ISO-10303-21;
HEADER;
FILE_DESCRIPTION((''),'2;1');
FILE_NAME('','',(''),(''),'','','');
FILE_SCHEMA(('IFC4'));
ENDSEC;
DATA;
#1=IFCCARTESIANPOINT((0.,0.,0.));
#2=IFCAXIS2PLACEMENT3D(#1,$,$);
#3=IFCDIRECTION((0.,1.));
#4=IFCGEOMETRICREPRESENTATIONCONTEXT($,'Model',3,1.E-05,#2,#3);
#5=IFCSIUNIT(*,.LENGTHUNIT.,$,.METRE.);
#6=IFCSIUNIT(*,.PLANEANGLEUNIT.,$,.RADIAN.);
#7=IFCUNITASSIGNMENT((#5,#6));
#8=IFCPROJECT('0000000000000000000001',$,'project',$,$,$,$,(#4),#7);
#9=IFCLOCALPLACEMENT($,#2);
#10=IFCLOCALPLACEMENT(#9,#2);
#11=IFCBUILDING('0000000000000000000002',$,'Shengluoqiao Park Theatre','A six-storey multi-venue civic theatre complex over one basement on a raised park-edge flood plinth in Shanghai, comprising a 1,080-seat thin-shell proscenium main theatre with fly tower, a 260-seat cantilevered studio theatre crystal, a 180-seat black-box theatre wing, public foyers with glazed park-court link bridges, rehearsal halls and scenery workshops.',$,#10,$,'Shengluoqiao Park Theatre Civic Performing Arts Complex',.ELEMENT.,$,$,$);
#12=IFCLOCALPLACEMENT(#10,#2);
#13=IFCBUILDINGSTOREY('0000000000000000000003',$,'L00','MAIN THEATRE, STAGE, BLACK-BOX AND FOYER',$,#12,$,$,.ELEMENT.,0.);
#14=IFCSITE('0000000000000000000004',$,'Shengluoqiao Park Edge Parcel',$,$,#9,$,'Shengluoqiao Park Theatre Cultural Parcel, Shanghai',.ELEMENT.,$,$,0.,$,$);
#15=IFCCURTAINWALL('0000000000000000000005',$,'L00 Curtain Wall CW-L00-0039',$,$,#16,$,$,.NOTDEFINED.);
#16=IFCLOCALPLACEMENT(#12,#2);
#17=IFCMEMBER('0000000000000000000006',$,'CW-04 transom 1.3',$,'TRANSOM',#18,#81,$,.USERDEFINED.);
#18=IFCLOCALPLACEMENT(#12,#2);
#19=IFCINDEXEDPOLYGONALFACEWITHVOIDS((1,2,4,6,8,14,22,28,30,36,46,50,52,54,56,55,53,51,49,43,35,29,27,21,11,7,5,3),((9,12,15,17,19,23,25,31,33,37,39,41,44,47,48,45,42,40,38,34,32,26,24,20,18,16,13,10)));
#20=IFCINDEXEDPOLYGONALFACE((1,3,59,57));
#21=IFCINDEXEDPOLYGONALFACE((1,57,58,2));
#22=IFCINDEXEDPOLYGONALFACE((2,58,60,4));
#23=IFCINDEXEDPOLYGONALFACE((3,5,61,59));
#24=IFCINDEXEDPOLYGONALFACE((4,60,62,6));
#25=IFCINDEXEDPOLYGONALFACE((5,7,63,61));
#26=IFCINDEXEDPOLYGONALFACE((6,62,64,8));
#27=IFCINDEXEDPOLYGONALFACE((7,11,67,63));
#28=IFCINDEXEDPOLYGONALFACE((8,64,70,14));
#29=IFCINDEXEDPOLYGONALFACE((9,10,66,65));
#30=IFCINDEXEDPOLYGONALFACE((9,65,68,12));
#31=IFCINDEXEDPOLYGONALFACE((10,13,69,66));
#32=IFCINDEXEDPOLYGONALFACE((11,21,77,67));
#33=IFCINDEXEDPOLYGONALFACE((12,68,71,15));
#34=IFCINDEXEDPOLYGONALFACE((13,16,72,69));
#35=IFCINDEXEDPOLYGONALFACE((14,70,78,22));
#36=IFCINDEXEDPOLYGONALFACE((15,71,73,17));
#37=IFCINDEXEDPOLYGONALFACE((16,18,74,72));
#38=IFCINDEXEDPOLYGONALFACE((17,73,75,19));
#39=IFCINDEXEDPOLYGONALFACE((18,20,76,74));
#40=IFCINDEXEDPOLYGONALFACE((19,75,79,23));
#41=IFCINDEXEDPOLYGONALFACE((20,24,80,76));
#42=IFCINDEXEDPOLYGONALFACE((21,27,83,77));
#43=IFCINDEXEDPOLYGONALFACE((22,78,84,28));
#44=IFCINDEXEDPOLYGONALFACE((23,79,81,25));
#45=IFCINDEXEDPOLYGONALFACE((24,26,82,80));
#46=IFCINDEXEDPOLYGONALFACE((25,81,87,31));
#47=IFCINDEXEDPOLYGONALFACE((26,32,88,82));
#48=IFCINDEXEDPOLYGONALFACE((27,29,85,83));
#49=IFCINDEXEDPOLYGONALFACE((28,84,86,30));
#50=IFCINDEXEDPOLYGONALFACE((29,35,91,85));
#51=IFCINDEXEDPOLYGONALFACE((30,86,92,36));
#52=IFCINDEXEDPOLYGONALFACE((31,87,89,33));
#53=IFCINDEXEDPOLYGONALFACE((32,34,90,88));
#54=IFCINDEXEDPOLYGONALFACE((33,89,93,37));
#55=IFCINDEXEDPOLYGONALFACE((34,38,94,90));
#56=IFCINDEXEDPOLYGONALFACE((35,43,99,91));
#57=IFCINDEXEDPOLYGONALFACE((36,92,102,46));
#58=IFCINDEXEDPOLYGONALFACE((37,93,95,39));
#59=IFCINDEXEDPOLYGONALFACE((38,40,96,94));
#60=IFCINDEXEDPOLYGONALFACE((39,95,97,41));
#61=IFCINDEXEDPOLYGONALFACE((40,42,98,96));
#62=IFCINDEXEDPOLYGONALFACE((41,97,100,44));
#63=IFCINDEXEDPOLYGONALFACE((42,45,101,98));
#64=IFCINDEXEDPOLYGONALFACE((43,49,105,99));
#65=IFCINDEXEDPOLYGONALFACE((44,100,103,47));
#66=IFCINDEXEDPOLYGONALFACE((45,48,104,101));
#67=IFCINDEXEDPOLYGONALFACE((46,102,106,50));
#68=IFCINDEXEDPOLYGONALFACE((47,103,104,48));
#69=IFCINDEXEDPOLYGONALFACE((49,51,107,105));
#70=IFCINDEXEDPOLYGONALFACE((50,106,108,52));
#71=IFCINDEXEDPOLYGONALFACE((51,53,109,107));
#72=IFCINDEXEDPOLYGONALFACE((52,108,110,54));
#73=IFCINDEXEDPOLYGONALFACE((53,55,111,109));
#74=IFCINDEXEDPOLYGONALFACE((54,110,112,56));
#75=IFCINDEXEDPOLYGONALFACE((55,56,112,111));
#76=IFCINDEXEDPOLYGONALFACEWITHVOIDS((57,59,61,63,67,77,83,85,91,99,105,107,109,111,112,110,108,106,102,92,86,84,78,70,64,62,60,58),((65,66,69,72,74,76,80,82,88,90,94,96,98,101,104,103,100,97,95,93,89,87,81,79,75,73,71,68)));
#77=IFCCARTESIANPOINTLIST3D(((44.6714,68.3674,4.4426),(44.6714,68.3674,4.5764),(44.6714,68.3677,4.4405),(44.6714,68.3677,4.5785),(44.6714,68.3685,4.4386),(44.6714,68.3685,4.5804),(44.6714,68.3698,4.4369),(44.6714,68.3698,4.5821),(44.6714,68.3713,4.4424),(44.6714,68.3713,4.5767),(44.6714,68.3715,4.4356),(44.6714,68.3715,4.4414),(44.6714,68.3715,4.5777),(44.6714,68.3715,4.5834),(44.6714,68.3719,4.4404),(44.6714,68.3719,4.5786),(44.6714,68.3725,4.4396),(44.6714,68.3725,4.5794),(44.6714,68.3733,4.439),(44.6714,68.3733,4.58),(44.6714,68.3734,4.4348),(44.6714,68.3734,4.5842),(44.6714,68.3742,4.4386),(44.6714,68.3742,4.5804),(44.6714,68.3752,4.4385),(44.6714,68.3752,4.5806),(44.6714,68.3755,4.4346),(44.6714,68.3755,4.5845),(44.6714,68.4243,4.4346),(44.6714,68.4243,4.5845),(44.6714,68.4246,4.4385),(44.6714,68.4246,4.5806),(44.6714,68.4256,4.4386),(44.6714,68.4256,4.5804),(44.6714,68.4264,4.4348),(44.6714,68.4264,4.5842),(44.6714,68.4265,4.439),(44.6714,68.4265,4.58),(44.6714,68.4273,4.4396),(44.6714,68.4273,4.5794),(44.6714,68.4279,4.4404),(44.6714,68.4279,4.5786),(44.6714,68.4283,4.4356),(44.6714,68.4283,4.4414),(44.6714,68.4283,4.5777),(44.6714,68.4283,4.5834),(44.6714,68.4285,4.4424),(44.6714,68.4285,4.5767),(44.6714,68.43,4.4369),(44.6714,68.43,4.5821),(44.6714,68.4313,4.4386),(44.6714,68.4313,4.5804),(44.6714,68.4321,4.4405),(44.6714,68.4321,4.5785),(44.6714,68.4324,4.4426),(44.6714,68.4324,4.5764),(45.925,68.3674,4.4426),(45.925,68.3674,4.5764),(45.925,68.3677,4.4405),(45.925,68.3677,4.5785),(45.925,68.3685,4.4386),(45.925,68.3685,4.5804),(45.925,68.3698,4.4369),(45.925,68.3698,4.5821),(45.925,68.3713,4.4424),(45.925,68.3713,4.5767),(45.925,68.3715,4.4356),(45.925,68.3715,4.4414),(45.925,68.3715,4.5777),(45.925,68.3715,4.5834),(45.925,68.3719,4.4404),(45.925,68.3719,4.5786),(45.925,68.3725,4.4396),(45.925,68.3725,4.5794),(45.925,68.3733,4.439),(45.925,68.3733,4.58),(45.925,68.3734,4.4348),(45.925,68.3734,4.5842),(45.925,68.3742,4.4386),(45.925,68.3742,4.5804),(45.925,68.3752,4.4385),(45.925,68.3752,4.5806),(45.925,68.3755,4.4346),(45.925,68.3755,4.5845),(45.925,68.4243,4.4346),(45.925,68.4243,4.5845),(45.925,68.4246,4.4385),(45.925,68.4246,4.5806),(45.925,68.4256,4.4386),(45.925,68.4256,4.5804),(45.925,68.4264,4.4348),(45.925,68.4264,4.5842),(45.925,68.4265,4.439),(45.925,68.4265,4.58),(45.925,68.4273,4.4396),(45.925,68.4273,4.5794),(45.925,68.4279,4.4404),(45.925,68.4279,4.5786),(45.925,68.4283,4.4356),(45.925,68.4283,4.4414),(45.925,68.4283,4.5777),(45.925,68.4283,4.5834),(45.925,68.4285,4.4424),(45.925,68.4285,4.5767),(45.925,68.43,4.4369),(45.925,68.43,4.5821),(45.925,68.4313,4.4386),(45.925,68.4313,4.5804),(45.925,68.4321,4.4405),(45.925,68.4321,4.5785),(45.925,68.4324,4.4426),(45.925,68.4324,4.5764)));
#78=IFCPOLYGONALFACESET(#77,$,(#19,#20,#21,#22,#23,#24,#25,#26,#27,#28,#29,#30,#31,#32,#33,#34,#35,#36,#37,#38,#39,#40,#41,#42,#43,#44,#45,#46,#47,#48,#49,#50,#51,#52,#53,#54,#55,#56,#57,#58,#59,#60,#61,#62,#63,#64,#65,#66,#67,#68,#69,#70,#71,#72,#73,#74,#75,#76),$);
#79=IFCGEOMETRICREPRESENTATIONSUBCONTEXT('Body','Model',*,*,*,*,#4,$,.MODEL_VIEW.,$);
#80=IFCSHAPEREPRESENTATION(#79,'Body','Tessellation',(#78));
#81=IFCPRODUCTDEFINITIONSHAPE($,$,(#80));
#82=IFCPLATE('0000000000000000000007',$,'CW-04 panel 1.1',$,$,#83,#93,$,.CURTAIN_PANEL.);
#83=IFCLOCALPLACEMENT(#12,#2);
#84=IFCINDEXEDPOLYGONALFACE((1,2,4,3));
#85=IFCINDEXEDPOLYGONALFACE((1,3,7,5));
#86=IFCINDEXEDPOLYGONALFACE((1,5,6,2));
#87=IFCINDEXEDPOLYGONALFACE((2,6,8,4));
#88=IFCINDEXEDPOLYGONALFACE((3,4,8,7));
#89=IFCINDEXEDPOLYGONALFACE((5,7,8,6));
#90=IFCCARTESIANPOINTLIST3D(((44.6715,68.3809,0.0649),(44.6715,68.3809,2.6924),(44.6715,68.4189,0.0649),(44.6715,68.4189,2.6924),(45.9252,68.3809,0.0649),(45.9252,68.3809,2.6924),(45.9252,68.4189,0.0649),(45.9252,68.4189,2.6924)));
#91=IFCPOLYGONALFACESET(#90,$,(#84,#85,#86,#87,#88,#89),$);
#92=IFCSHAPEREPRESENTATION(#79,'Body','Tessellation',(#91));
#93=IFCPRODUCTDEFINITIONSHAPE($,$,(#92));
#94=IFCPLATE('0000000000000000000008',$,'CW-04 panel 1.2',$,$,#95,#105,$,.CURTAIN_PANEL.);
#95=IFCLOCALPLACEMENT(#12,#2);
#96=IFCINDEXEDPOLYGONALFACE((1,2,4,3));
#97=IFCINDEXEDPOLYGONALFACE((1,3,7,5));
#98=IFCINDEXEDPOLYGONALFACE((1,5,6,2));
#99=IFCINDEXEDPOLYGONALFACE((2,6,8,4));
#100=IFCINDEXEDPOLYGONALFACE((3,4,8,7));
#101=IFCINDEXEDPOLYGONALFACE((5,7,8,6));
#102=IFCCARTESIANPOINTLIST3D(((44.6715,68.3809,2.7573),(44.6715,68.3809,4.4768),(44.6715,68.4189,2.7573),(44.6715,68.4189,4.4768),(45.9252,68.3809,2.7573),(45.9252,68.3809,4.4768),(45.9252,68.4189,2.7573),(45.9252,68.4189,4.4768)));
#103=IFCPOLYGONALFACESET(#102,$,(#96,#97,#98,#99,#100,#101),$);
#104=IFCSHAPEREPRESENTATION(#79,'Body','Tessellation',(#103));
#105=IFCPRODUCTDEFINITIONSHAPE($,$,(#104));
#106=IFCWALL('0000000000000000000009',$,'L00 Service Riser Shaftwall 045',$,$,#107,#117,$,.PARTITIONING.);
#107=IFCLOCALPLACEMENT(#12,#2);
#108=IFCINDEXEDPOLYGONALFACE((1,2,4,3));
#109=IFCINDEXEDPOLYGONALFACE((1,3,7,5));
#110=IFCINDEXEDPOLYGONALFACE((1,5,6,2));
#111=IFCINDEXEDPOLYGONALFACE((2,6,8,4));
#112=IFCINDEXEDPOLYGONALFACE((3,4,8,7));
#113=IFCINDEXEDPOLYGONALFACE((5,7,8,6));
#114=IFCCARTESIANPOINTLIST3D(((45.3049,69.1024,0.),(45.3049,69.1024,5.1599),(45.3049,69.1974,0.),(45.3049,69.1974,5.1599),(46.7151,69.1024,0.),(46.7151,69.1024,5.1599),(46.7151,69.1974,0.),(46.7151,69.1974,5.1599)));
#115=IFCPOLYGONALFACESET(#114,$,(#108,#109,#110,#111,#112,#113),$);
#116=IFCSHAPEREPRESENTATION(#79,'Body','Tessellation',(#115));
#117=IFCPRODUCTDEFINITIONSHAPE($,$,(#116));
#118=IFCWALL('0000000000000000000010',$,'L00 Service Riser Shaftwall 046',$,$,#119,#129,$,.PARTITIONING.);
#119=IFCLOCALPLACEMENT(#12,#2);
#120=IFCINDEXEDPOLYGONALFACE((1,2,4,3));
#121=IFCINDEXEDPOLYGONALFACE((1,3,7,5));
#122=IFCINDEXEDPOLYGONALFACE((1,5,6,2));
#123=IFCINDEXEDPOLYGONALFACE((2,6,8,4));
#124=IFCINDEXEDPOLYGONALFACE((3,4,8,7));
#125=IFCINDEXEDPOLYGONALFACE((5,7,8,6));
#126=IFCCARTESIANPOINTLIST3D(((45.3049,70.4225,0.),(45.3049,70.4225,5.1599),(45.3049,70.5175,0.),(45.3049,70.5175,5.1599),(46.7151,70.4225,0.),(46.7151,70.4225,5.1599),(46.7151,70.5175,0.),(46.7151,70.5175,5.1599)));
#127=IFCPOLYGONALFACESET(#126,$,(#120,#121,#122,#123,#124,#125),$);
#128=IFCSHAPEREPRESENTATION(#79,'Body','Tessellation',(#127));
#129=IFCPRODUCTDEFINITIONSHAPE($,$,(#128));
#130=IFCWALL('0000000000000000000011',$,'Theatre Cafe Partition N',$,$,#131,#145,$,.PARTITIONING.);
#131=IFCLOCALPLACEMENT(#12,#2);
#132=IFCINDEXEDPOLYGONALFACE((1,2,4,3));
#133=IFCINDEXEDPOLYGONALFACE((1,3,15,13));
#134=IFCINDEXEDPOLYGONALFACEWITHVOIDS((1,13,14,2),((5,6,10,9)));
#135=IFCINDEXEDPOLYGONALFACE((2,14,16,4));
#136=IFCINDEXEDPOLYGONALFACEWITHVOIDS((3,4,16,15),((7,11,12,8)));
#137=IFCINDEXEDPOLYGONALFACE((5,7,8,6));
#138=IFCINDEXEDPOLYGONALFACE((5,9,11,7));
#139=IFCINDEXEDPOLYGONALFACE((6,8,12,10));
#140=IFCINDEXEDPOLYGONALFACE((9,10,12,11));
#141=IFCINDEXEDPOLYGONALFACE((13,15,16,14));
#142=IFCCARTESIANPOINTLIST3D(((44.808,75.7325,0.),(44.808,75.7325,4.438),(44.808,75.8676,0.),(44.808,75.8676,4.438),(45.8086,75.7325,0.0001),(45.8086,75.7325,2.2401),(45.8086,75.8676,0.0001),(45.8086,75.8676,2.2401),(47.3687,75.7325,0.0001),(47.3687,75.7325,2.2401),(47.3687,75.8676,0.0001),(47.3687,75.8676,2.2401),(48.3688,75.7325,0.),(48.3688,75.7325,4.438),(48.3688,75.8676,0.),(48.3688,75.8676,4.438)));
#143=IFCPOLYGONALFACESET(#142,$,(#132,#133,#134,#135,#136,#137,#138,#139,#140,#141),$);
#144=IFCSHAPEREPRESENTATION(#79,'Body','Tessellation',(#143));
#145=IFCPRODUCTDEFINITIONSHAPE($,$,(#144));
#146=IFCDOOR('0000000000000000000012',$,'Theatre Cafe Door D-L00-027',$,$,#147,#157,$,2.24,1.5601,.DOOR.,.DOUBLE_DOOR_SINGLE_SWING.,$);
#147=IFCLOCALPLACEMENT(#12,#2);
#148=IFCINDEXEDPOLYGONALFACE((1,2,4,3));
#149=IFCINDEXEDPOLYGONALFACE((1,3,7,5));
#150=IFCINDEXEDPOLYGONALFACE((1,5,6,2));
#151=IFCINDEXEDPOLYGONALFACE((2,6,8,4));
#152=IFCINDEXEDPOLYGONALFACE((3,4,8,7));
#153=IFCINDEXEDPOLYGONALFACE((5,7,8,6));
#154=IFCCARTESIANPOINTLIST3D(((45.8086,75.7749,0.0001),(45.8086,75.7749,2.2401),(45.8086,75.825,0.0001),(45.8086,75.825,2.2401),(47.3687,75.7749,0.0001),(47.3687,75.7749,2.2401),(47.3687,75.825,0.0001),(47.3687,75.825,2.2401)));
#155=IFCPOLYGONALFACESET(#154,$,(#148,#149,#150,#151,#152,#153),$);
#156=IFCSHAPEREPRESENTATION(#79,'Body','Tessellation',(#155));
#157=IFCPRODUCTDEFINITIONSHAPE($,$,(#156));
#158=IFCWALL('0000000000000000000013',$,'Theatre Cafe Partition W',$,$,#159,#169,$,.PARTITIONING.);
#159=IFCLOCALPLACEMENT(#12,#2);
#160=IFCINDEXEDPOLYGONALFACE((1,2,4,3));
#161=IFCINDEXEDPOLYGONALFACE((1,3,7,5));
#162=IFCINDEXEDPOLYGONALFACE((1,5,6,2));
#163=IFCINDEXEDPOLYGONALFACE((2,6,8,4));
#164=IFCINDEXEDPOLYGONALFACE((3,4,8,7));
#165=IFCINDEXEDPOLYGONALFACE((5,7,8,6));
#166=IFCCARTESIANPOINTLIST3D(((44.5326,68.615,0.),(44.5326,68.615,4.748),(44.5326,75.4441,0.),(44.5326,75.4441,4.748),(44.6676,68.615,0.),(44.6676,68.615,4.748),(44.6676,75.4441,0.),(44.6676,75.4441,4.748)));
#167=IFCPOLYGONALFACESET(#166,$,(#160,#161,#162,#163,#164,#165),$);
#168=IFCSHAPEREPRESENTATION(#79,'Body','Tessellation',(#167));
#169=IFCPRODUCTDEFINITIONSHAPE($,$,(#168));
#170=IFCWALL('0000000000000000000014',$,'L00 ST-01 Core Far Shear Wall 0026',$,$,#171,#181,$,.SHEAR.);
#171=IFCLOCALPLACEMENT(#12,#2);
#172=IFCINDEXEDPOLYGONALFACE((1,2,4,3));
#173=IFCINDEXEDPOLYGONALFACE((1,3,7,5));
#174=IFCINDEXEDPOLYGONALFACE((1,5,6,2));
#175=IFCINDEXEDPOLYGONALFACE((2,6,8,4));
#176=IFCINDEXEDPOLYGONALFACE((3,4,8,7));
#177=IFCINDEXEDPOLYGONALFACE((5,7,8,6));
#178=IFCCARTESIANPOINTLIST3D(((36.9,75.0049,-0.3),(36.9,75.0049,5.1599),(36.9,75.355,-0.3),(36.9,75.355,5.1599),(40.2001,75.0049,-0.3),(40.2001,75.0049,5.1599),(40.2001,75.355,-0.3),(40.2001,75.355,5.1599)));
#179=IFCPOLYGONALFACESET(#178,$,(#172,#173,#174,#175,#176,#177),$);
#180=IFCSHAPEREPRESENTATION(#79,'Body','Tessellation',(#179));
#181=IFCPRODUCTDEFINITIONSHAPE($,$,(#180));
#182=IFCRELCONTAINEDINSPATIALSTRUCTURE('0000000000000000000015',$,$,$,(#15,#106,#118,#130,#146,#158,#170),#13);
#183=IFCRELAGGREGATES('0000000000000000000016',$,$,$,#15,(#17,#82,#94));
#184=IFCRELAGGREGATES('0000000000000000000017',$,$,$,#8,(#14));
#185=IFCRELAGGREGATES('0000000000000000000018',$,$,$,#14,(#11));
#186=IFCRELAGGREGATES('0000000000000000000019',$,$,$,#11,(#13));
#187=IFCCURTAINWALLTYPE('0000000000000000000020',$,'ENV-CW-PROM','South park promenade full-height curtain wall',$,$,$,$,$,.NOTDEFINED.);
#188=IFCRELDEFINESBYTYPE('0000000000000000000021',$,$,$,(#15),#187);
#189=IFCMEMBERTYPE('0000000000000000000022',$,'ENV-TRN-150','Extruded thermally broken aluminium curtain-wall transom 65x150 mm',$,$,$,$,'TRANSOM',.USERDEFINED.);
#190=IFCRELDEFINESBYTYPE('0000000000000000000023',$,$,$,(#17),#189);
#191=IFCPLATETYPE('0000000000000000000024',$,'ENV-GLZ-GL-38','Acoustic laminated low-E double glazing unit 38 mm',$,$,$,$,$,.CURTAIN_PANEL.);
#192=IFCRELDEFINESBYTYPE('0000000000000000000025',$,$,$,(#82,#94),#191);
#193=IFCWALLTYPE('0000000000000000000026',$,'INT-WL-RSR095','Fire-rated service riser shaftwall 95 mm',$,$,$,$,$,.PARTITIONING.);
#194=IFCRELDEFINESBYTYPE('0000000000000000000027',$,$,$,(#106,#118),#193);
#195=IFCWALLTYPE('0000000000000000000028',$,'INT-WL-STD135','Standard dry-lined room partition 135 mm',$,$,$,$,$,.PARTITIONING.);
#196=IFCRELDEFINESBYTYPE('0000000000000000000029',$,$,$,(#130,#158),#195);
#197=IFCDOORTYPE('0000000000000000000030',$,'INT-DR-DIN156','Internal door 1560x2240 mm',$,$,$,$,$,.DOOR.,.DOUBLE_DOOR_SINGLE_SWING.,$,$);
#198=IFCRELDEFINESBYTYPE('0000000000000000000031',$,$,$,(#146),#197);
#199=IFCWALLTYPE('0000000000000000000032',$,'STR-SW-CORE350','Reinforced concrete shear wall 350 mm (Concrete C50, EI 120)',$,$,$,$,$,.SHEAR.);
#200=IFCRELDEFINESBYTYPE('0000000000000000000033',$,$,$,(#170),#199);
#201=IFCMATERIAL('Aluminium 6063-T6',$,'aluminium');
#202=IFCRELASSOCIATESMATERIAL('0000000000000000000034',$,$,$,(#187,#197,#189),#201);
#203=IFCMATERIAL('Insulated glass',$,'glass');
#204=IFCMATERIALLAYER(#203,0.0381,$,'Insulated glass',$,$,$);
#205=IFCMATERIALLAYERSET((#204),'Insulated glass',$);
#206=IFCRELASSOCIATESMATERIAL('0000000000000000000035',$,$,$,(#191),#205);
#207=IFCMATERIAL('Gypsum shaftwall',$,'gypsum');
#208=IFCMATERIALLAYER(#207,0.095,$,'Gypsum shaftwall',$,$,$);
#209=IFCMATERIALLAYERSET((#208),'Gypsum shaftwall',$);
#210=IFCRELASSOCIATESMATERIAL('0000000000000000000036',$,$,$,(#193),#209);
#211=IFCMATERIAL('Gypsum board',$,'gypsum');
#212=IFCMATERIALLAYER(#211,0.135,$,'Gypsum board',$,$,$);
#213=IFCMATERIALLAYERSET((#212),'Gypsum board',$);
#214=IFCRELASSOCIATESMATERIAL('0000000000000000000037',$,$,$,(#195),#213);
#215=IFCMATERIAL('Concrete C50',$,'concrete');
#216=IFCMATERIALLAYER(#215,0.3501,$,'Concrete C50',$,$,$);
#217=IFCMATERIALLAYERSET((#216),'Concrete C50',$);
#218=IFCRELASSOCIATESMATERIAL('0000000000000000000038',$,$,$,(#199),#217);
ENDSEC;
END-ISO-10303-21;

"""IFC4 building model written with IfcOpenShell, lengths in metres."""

from ifc_helpers import new_model, si_unit, direction, frame, frame_2d, origin, origin_2d, place, context, subcontext, project, spatial, rectangle, hollow_rectangle, extrude, material, layer, layer_set, material_profile, profile_set, type_object, element, fill, aggregate, save


model = new_model("IFC4")

# Units and contexts
model_context = context("Model", 3, precision=1e-05, world=origin(), true_north=direction((0.0, 1.0)))
body_context = subcontext(model_context, "Body", "Model", "MODEL_VIEW")
ifc_project = project(units=[si_unit("LENGTHUNIT", "METRE"), si_unit("PLANEANGLEUNIT", "RADIAN")], contexts=[model_context])

# Site, building, storey
site_placement = place(None, origin())
site = spatial("IfcSite", under=ifc_project, at=site_placement, Name="Shengluoqiao Park Edge Parcel", LongName="Shengluoqiao Park Theatre Cultural Parcel, Shanghai", CompositionType="ELEMENT", RefElevation=0.0)
building_placement = place(site_placement, origin())
building = spatial("IfcBuilding", under=site, at=building_placement, Name="Shengluoqiao Park Theatre", Description="A six-storey multi-venue civic theatre complex over one basement on a raised park-edge flood plinth in Shanghai, comprising a 1,080-seat thin-shell proscenium main theatre with fly tower, a 260-seat cantilevered studio theatre crystal, a 180-seat black-box theatre wing, public foyers with glazed park-court link bridges, rehearsal halls and scenery workshops.", LongName="Shengluoqiao Park Theatre Civic Performing Arts Complex", CompositionType="ELEMENT")
storey_placement = place(building_placement, origin())
storey = spatial("IfcBuildingStorey", under=building, at=storey_placement, Name="L00", Description="MAIN THEATRE, STAGE, BLACK-BOX AND FOYER", CompositionType="ELEMENT", Elevation=0.0)

# Curtain wall, member, plates
ifc_material_1 = material(Name="Aluminium 6063-T6", Category="aluminium")
curtain_wall_type = type_object("IfcCurtainWallType", Name="ENV-CW-PROM", Description="South park promenade full-height curtain wall", PredefinedType="NOTDEFINED", material=ifc_material_1)
curtain_wall_placement = place(storey_placement, origin())
curtain_wall = element("IfcCurtainWall", 1, at=curtain_wall_placement, inside=storey, type_object=curtain_wall_type, Name="L00 Curtain Wall CW-L00-0039", PredefinedType="NOTDEFINED")
ifc_material_profile_1 = material_profile(ifc_material_1, hollow_rectangle(XDim=0.0649, YDim=0.1499, WallThickness=0.0039, InnerFilletRadius=0.0039, OuterFilletRadius=0.0081, at=origin_2d()), Name="ALU TRANSOM 150x65x4")
ifc_profile_set_1 = profile_set([ifc_material_profile_1], Name="Aluminium 6063-T6")
member_type_1 = type_object("IfcMemberType", Name="ENV-TRN-150", Description="Extruded thermally broken aluminium curtain-wall transom 65x150 mm", ElementType="TRANSOM", PredefinedType="USERDEFINED", material=ifc_profile_set_1)
member_1_placement = place(storey_placement, frame((44.6714, 68.3999, 4.5095), z_axis=(1.0, 0.0, 0.0), x_axis=(0.0, 1.0, 0.0)))
member_1 = element("IfcMember", 2, at=member_1_placement, type_object=member_type_1, Name="CW-04 transom 1.3", ObjectType="TRANSOM", PredefinedType="USERDEFINED", context=body_context, shape_type="SweptSolid", body=[
    extrude(hollow_rectangle(XDim=0.0649, YDim=0.1499, WallThickness=0.0039, InnerFilletRadius=0.0039, OuterFilletRadius=0.0081, at=origin_2d()), origin(), (0.0, 0.0, 1.0), 1.2537),
])
ifc_material_2 = material(Name="Insulated glass", Category="glass")
ifc_layer_1 = layer(ifc_material_2, 0.0381, Name="Insulated glass")
ifc_layer_set_1 = layer_set([ifc_layer_1], Name="Insulated glass")
plate_type = type_object("IfcPlateType", Name="ENV-GLZ-GL-38", Description="Acoustic laminated low-E double glazing unit 38 mm", PredefinedType="CURTAIN_PANEL", material=ifc_layer_set_1)
plate_1_placement = place(storey_placement, frame((45.2983, 68.3999, 0.0649), z_axis=(0.0, 0.0, 1.0), x_axis=(1.0, 0.0, 0.0)))
plate_1 = element("IfcPlate", 3, at=plate_1_placement, type_object=plate_type, Name="CW-04 panel 1.1", PredefinedType="CURTAIN_PANEL", context=body_context, shape_type="SweptSolid", body=[
    extrude(rectangle(XDim=1.2537, YDim=0.0381, at=origin_2d()), origin(), (0.0, 0.0, 1.0), 2.6274),
])
plate_2_placement = place(storey_placement, frame((45.2983, 68.3999, 2.7573), z_axis=(0.0, 0.0, 1.0), x_axis=(1.0, 0.0, 0.0)))
plate_2 = element("IfcPlate", 4, at=plate_2_placement, type_object=plate_type, Name="CW-04 panel 1.2", PredefinedType="CURTAIN_PANEL", context=body_context, shape_type="SweptSolid", body=[
    extrude(rectangle(XDim=1.2537, YDim=0.0381, at=origin_2d()), origin(), (0.0, 0.0, 1.0), 1.7195),
])
aggregate(curtain_wall, [member_1, plate_1, plate_2])

# Walls
ifc_material_3 = material(Name="Gypsum shaftwall", Category="gypsum")
ifc_layer_2 = layer(ifc_material_3, 0.095, Name="Gypsum shaftwall")
ifc_layer_set_2 = layer_set([ifc_layer_2], Name="Gypsum shaftwall")
wall_type_1 = type_object("IfcWallType", Name="INT-WL-RSR095", Description="Fire-rated service riser shaftwall 95 mm", PredefinedType="PARTITIONING", material=ifc_layer_set_2)
for number, where, z_axis, x_axis, name in (
    (5, (45.3049, 69.1499, 0.0), (0.0, 0.0, 1.0), (1.0, 0.0, 0.0), "L00 Service Riser Shaftwall 045"),
    (6, (45.3049, 70.47, 0.0), (0.0, 0.0, 1.0), (1.0, 0.0, 0.0), "L00 Service Riser Shaftwall 046"),
):
    element("IfcWall", number, at=place(storey_placement, frame(where, z_axis=z_axis, x_axis=x_axis)), inside=storey, type_object=wall_type_1, Name=name, PredefinedType="PARTITIONING", context=body_context, shape_type="SweptSolid", body=[
        extrude(rectangle(XDim=1.4102, YDim=0.095, at=frame_2d((0.7051, 0.0))), origin(), (0.0, 0.0, 1.0), 5.1599),
    ])

# Wall, opening, door
ifc_material_4 = material(Name="Gypsum board", Category="gypsum")
ifc_layer_3 = layer(ifc_material_4, 0.135, Name="Gypsum board")
ifc_layer_set_3 = layer_set([ifc_layer_3], Name="Gypsum board")
wall_type_2 = type_object("IfcWallType", Name="INT-WL-STD135", Description="Standard dry-lined room partition 135 mm", PredefinedType="PARTITIONING", material=ifc_layer_set_3)
wall_1_placement = place(storey_placement, frame((44.8081, 75.8, 0.0), z_axis=(0.0, 0.0, 1.0), x_axis=(1.0, 0.0, 0.0)))
wall_1 = element("IfcWall", 7, at=wall_1_placement, inside=storey, type_object=wall_type_2, Name="Theatre Cafe Partition N", PredefinedType="PARTITIONING", context=body_context, shape_type="SweptSolid", body=[
    extrude(rectangle(XDim=3.5608, YDim=0.135, at=frame_2d((1.7803, 0.0))), origin(), (0.0, 0.0, 1.0), 4.438),
])
opening_placement = place(wall_1_placement, frame((1.0005, 0.0, 0.0)))
opening = element("IfcOpeningElement", 8, at=opening_placement, cuts=wall_1, PredefinedType="OPENING", context=body_context, shape_type="SweptSolid", body=[
    extrude(rectangle(XDim=1.5601, YDim=2.24, at=frame_2d((0.78, 1.1201))), frame((0.0, 0.0774, 0.0), z_axis=(0.0, -1.0, 0.0), x_axis=(1.0, 0.0, 0.0)), (0.0, 0.0, 1.0), 0.155),
])
door_type = type_object("IfcDoorType", Name="INT-DR-DIN156", Description="Internal door 1560x2240 mm", OperationType="DOUBLE_DOOR_SINGLE_SWING", PredefinedType="DOOR", material=ifc_material_1)
door_placement = place(opening_placement, origin())
door = element("IfcDoor", 9, at=door_placement, inside=storey, type_object=door_type, Name="Theatre Cafe Door D-L00-027", OperationType="DOUBLE_DOOR_SINGLE_SWING", OverallHeight=2.24, OverallWidth=1.5601, PredefinedType="DOOR", context=body_context, shape_type="SweptSolid", body=[
    extrude(rectangle(XDim=1.5601, YDim=2.24, at=frame_2d((0.78, 1.1201))), frame((0.0, 0.0249, 0.0), z_axis=(0.0, -1.0, 0.0), x_axis=(1.0, 0.0, 0.0)), (0.0, 0.0, 1.0), 0.05),
])
fill(opening, door)

# Walls
wall_2_placement = place(storey_placement, frame((44.6001, 68.615, 0.0), z_axis=(0.0, 0.0, 1.0), x_axis=(0.0, 1.0, 0.0)))
element("IfcWall", 10, at=wall_2_placement, inside=storey, type_object=wall_type_2, Name="Theatre Cafe Partition W", PredefinedType="PARTITIONING", context=body_context, shape_type="SweptSolid", body=[
    extrude(rectangle(XDim=6.8291, YDim=0.135, at=frame_2d((3.4146, 0.0))), origin(), (0.0, 0.0, 1.0), 4.748),
])
ifc_material_5 = material(Name="Concrete C50", Category="concrete")
ifc_layer_4 = layer(ifc_material_5, 0.3501, Name="Concrete C50")
ifc_layer_set_4 = layer_set([ifc_layer_4], Name="Concrete C50")
wall_type_3 = type_object("IfcWallType", Name="STR-SW-CORE350", Description="Reinforced concrete shear wall 350 mm (Concrete C50, EI 120)", PredefinedType="SHEAR", material=ifc_layer_set_4)
wall_3_placement = place(storey_placement, frame((40.2, 75.1799, -0.3), z_axis=(0.0, 0.0, 1.0), x_axis=(-1.0, 0.0, 0.0)))
element("IfcWall", 11, at=wall_3_placement, inside=storey, type_object=wall_type_3, Name="L00 ST-01 Core Far Shear Wall 0026", PredefinedType="SHEAR", context=body_context, shape_type="SweptSolid", body=[
    extrude(rectangle(XDim=3.3, YDim=0.3501, at=frame_2d((1.6499, 0.0))), origin(), (0.0, 0.0, 1.0), 5.46),
])

save(model, "model.ifc")
